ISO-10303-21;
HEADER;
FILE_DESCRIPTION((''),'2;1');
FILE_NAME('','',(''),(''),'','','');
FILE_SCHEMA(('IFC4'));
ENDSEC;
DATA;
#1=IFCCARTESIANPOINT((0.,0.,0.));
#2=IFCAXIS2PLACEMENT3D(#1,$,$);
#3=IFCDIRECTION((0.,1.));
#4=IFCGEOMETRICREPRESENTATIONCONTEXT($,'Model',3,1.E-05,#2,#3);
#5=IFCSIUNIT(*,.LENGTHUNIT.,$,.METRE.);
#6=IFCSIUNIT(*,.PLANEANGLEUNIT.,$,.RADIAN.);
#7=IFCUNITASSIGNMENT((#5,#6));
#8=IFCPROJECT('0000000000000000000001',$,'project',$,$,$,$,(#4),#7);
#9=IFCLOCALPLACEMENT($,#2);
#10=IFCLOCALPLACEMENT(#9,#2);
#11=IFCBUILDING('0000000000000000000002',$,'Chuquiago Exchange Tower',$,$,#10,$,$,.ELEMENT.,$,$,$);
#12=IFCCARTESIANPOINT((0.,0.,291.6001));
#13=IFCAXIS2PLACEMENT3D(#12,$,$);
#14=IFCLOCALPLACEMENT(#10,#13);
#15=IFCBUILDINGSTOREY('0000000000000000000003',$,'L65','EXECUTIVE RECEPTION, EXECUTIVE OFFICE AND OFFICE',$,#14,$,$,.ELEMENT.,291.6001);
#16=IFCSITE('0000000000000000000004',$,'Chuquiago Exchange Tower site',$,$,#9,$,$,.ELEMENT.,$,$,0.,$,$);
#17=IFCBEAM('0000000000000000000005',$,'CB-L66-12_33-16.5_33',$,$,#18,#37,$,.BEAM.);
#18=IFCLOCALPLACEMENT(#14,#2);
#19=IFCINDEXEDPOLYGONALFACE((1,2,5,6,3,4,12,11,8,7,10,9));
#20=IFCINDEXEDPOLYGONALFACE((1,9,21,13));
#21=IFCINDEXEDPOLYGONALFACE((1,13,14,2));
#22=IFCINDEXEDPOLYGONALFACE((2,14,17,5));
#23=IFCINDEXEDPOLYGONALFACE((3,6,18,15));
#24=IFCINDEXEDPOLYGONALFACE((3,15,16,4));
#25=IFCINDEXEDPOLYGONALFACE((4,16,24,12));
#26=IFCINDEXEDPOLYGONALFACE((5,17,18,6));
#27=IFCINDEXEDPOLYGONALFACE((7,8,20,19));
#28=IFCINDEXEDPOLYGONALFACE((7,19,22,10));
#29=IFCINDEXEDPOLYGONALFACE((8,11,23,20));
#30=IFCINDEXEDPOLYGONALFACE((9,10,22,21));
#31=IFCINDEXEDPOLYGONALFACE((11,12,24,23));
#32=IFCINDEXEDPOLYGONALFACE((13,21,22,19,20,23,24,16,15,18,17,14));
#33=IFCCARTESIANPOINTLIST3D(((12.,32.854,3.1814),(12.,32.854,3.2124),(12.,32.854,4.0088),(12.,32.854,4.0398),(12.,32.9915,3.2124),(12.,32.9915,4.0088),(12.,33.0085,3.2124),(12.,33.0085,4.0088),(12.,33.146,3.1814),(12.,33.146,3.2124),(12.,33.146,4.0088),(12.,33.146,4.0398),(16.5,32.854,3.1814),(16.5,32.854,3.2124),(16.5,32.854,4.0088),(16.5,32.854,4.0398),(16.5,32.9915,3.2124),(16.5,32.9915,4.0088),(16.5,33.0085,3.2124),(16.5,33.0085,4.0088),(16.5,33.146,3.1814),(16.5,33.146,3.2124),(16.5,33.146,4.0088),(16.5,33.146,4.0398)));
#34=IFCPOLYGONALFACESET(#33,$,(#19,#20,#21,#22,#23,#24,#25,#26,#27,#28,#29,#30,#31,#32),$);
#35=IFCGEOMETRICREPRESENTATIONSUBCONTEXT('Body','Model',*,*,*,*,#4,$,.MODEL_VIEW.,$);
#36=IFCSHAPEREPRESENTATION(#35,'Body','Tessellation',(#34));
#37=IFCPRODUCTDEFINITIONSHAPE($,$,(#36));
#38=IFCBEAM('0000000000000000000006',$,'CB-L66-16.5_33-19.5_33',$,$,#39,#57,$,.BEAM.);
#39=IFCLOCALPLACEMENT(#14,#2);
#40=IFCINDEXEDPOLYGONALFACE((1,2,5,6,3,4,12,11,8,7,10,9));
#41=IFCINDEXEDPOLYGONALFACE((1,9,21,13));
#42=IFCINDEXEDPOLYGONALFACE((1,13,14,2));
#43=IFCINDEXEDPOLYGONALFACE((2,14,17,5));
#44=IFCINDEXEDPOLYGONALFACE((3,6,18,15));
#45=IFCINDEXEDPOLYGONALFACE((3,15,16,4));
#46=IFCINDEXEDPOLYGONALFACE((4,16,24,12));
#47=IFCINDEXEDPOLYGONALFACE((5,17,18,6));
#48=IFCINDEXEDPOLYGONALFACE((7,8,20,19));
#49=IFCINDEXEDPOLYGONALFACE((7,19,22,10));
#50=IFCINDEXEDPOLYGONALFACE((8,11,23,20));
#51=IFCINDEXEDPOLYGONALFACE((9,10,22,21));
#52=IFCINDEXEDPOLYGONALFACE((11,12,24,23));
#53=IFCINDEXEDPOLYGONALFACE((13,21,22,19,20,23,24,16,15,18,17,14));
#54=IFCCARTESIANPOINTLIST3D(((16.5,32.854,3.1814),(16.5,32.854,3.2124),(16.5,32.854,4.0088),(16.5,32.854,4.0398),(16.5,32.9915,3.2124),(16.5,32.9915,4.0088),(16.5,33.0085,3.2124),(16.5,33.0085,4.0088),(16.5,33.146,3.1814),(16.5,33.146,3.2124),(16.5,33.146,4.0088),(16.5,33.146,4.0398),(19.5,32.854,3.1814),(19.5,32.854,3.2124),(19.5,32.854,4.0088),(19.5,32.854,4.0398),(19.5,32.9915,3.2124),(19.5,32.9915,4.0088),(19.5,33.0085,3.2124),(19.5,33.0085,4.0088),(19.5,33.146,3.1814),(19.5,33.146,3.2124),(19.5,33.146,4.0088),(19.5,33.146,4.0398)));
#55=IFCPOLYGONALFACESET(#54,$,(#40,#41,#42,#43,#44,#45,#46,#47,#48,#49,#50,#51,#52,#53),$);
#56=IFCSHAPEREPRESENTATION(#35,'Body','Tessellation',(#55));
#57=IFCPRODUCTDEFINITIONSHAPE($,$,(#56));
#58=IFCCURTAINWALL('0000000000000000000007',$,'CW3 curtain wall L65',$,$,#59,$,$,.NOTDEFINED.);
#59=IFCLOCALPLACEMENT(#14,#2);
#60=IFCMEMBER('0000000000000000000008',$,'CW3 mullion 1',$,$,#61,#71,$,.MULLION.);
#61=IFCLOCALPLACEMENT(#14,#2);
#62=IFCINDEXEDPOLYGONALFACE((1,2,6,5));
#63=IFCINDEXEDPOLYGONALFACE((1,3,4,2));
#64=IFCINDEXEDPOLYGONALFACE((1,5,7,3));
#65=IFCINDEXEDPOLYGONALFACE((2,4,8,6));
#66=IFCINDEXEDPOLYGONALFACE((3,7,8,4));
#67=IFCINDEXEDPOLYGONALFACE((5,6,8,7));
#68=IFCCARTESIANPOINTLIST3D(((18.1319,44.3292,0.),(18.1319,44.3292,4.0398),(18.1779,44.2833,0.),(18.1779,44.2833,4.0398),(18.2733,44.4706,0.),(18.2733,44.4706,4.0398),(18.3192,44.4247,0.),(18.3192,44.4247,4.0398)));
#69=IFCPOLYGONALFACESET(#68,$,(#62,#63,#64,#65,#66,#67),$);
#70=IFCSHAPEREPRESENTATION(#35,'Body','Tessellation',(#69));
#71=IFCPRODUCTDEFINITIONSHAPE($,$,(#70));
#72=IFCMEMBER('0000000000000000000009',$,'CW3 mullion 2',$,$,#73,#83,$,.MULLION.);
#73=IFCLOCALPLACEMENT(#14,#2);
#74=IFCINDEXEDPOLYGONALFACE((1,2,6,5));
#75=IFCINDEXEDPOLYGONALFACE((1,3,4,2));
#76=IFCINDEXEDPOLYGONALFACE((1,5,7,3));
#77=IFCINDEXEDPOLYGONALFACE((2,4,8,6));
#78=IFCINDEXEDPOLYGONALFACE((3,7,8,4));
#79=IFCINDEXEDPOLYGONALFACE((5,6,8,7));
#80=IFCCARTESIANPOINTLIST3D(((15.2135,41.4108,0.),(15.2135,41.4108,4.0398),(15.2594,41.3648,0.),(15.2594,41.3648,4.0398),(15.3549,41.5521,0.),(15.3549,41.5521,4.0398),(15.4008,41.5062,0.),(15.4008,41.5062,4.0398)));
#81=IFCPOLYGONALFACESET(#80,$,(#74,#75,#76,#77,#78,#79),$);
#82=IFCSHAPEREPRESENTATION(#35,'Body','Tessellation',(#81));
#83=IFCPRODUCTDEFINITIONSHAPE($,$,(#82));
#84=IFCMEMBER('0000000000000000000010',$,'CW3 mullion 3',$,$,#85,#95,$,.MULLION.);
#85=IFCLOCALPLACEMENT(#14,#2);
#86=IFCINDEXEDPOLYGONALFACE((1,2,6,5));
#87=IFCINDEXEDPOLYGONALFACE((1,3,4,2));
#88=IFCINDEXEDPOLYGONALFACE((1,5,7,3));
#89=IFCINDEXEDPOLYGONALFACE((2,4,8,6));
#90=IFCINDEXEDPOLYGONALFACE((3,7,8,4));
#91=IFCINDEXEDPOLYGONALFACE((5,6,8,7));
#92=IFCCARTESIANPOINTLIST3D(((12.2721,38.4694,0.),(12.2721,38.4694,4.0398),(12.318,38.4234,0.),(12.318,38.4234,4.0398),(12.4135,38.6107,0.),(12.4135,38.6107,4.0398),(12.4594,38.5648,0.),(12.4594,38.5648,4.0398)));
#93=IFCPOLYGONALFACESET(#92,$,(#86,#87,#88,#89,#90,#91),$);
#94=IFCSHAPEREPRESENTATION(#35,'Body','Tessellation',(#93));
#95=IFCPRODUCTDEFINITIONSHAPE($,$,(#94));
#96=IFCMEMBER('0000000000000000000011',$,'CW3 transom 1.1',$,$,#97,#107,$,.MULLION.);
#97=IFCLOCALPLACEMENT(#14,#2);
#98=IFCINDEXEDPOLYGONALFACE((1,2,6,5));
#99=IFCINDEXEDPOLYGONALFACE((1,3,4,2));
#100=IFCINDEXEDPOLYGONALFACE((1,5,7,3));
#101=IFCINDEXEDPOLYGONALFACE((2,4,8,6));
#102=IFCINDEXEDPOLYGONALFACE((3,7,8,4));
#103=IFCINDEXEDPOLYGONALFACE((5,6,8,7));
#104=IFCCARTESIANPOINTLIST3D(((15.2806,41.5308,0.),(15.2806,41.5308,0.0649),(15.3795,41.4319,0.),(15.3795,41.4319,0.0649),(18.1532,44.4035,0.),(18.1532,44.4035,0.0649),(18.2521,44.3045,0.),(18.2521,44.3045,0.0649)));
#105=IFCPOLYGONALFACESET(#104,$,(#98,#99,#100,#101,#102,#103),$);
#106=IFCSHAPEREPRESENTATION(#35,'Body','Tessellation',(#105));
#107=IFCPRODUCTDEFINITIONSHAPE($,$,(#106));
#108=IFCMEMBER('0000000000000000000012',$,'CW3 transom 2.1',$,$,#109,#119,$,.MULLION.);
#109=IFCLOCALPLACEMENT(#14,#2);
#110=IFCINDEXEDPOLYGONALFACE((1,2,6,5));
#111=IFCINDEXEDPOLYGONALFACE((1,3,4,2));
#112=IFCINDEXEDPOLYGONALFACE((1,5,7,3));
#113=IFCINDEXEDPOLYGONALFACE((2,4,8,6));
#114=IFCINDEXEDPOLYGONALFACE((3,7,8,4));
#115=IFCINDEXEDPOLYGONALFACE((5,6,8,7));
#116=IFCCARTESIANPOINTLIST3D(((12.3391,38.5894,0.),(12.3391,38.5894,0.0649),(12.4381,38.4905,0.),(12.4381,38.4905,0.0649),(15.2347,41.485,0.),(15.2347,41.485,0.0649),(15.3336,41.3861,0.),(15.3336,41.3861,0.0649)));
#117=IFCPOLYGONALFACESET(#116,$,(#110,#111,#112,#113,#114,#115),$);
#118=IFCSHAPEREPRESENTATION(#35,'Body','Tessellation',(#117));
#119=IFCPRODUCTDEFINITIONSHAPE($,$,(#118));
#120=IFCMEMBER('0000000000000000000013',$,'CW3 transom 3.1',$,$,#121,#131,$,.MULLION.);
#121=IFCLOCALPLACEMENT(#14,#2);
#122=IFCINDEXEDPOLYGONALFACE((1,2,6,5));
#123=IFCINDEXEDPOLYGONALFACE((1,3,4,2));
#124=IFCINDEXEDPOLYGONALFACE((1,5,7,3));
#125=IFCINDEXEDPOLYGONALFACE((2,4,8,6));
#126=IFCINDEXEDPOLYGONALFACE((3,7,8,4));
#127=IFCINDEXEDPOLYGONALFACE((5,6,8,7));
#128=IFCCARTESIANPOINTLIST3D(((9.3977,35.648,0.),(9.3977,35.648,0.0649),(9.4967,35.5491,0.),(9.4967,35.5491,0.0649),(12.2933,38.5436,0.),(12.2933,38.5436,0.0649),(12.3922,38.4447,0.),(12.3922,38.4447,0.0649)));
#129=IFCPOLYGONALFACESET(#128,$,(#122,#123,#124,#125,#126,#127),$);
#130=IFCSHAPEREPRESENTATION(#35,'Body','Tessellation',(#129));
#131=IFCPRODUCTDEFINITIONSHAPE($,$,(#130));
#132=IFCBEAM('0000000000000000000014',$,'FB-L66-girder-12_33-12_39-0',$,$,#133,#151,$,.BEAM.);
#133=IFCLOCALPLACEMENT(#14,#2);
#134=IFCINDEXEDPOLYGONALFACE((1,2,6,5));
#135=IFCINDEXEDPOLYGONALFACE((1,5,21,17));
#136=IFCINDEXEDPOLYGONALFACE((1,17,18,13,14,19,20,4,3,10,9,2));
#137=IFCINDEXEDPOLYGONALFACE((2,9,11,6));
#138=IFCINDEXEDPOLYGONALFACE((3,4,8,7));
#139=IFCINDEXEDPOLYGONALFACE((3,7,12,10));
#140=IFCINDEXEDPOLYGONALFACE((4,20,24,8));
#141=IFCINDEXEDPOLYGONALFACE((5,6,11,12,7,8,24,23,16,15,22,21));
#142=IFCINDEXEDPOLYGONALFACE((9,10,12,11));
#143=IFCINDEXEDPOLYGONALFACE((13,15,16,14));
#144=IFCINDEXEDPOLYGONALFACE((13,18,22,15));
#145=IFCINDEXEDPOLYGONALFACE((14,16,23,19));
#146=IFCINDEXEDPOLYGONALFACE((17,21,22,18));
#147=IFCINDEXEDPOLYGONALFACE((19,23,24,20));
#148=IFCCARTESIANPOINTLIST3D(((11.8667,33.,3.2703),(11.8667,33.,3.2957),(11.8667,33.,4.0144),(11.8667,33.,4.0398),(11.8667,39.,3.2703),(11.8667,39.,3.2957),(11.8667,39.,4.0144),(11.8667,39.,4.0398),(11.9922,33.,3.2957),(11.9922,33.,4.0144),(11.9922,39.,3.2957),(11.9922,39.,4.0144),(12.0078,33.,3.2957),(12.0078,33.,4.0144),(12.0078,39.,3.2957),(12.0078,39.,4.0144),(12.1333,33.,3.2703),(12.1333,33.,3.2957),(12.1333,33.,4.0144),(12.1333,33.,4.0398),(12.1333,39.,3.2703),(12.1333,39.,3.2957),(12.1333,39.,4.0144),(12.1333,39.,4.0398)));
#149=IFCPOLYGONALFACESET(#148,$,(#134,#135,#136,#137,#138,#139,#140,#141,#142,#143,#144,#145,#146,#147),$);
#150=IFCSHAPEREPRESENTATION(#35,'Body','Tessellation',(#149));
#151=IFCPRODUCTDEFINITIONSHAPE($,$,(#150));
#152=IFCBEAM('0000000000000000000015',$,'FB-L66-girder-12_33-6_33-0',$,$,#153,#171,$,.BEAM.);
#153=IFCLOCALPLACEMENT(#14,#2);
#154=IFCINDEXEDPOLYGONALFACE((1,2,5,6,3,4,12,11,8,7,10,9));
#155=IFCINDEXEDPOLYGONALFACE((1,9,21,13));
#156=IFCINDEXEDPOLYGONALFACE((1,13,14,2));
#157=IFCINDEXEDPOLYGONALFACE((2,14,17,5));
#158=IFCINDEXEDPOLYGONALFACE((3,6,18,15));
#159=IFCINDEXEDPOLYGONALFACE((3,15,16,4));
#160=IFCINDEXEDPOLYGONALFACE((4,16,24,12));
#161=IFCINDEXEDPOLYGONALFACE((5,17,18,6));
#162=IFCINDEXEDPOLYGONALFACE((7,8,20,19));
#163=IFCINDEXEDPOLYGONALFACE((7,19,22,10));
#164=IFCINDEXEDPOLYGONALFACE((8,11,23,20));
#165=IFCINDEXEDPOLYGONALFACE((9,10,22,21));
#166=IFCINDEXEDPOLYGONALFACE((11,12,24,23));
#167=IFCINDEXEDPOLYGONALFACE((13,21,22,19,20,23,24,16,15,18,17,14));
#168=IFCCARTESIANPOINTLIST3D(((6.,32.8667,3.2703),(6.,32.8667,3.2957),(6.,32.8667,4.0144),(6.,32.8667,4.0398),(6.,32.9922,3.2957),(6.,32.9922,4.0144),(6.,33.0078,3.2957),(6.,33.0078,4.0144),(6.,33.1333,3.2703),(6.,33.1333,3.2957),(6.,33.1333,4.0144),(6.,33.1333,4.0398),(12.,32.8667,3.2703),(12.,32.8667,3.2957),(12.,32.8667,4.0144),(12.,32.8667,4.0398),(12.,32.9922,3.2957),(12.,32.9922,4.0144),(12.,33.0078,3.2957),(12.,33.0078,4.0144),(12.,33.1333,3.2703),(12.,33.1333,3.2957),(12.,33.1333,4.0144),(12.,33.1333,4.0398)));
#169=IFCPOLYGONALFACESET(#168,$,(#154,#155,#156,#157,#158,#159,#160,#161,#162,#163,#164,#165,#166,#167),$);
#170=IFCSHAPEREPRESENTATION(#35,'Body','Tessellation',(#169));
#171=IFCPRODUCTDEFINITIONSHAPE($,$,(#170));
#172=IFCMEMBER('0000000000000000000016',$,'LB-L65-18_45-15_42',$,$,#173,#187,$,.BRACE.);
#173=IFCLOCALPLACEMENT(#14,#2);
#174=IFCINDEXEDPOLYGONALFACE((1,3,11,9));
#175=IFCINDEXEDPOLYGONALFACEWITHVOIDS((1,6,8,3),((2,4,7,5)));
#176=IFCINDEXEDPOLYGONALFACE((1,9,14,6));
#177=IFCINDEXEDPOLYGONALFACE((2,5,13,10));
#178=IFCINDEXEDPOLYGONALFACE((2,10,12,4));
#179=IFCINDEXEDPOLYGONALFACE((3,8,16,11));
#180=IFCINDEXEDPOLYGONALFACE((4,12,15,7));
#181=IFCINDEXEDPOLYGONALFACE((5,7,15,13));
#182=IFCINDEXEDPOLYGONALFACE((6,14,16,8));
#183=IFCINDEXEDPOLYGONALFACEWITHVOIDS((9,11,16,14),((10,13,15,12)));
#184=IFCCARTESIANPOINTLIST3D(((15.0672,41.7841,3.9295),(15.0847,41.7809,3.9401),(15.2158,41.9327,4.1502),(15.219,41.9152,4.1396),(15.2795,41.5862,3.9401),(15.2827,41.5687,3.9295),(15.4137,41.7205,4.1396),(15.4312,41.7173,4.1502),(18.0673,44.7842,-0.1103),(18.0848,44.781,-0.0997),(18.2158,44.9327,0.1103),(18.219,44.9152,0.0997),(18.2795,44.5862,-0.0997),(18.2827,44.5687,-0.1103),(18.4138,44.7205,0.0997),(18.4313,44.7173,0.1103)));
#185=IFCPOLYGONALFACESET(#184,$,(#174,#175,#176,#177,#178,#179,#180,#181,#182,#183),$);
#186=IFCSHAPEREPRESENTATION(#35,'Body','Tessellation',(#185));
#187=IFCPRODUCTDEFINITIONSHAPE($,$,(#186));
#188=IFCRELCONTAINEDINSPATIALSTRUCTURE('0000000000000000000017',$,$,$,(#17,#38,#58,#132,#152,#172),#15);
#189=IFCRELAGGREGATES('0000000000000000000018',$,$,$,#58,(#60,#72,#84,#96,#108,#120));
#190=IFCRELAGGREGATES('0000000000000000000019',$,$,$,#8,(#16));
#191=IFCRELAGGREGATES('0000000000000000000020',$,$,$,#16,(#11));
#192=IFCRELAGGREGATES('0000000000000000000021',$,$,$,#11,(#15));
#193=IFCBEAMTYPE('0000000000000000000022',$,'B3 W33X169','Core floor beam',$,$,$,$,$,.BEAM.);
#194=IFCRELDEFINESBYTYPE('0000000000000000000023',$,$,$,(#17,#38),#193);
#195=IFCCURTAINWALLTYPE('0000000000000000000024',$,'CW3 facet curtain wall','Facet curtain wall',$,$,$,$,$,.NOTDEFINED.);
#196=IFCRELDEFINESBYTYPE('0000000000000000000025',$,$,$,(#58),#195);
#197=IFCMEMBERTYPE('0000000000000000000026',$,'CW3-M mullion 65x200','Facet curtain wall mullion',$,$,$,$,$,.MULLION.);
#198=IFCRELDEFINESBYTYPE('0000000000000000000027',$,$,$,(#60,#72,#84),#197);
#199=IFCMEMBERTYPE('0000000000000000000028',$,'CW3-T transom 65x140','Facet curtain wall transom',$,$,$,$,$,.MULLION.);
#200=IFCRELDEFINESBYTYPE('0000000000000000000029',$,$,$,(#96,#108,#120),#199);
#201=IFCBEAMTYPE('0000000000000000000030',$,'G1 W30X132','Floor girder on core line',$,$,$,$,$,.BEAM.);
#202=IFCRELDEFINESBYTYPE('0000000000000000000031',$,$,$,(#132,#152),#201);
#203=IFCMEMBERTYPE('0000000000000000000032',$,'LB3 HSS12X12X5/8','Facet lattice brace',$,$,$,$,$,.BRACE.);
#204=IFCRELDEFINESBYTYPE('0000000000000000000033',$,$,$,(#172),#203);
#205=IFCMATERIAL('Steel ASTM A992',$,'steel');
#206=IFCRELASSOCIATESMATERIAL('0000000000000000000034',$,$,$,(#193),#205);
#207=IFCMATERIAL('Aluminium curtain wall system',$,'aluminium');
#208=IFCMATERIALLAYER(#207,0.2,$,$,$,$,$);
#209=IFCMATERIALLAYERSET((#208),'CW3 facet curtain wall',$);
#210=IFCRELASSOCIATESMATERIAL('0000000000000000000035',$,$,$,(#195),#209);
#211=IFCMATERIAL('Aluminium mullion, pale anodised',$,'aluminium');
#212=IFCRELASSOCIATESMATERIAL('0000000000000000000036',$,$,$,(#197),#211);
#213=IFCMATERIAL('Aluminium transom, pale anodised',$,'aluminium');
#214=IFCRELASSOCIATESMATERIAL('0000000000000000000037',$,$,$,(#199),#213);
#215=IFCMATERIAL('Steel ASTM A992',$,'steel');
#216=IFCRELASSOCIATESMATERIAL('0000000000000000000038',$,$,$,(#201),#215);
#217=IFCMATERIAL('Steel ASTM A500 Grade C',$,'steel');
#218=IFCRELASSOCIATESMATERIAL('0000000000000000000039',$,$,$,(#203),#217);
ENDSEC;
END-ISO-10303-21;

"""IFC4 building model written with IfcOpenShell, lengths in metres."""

from ifc_helpers import new_model, si_unit, direction, frame, origin, origin_2d, place, context, subcontext, project, spatial, rectangle, hollow_rectangle, i_section, extrude, material, layer, layer_set, material_profile, profile_set, type_object, element, aggregate, save


model = new_model("IFC4")

# Units and contexts
model_context = context("Model", 3, precision=1e-05, world=origin(), true_north=direction((0.0, 1.0)))
body_context = subcontext(model_context, "Body", "Model", "MODEL_VIEW")
ifc_project = project(units=[si_unit("LENGTHUNIT", "METRE"), si_unit("PLANEANGLEUNIT", "RADIAN")], contexts=[model_context])

# Site, building, storey
site_placement = place(None, origin())
site = spatial("IfcSite", under=ifc_project, at=site_placement, Name="Chuquiago Exchange Tower site", CompositionType="ELEMENT", RefElevation=0.0)
building_placement = place(site_placement, origin())
building = spatial("IfcBuilding", under=site, at=building_placement, Name="Chuquiago Exchange Tower", CompositionType="ELEMENT")
storey_placement = place(building_placement, frame((0.0, 0.0, 291.6001)))
storey = spatial("IfcBuildingStorey", under=building, at=storey_placement, Name="L65", Description="EXECUTIVE RECEPTION, EXECUTIVE OFFICE AND OFFICE", CompositionType="ELEMENT", Elevation=291.6001)

# Beams
ifc_material_1 = material(Name="Steel ASTM A992", Category="steel")
ifc_material_profile_1 = material_profile(ifc_material_1, i_section(OverallWidth=0.292, OverallDepth=0.8584, WebThickness=0.0171, FlangeThickness=0.031, at=origin_2d()), Name="W33X169")
ifc_profile_set_1 = profile_set([ifc_material_profile_1], Name="Steel ASTM A992")
beam_type_1 = type_object("IfcBeamType", Name="B3 W33X169", Description="Core floor beam", PredefinedType="BEAM", material=ifc_profile_set_1)
beam_1_placement = place(storey_placement, frame((12.0, 33.0, 3.6106), z_axis=(1.0, 0.0, 0.0), x_axis=(0.0, 1.0, 0.0)))
element("IfcBeam", 1, at=beam_1_placement, inside=storey, type_object=beam_type_1, Name="CB-L66-12_33-16.5_33", PredefinedType="BEAM", context=body_context, shape_type="SweptSolid", body=[
    extrude(i_section(OverallWidth=0.292, OverallDepth=0.8584, WebThickness=0.0171, FlangeThickness=0.031, at=origin_2d()), origin(), (0.0, 0.0, 1.0), 4.5),
])
beam_2_placement = place(storey_placement, frame((16.5, 33.0, 3.6106), z_axis=(1.0, 0.0, 0.0), x_axis=(0.0, 1.0, 0.0)))
element("IfcBeam", 2, at=beam_2_placement, inside=storey, type_object=beam_type_1, Name="CB-L66-16.5_33-19.5_33", PredefinedType="BEAM", context=body_context, shape_type="SweptSolid", body=[
    extrude(i_section(OverallWidth=0.292, OverallDepth=0.8584, WebThickness=0.0171, FlangeThickness=0.031, at=origin_2d()), origin(), (0.0, 0.0, 1.0), 3.0),
])

# Curtain wall, members
ifc_material_2 = material(Name="Aluminium curtain wall system", Category="aluminium")
ifc_layer_1 = layer(ifc_material_2, 0.2)
ifc_layer_set_1 = layer_set([ifc_layer_1], Name="CW3 facet curtain wall")
curtain_wall_type = type_object("IfcCurtainWallType", Name="CW3 facet curtain wall", Description="Facet curtain wall", PredefinedType="NOTDEFINED", material=ifc_layer_set_1)
curtain_wall_placement = place(storey_placement, origin())
curtain_wall = element("IfcCurtainWall", 3, at=curtain_wall_placement, inside=storey, type_object=curtain_wall_type, Name="CW3 curtain wall L65", PredefinedType="NOTDEFINED")
ifc_material_3 = material(Name="Aluminium mullion, pale anodised", Category="aluminium")
ifc_material_profile_2 = material_profile(ifc_material_3, rectangle(XDim=0.0649, YDim=0.2, at=origin_2d()), Name="AL 65x200")
ifc_profile_set_2 = profile_set([ifc_material_profile_2], Name="Aluminium mullion, pale anodised")
member_type_1 = type_object("IfcMemberType", Name="CW3-M mullion 65x200", Description="Facet curtain wall mullion", PredefinedType="MULLION", material=ifc_profile_set_2)
member_1_placement = place(storey_placement, frame((18.2256, 44.377, 0.0), z_axis=(0.0, 0.0, 1.0), x_axis=(0.707107, -0.707107, 0.0)))
member_1 = element("IfcMember", 4, at=member_1_placement, type_object=member_type_1, Name="CW3 mullion 1", PredefinedType="MULLION", context=body_context, shape_type="SweptSolid", body=[
    extrude(rectangle(XDim=0.0649, YDim=0.2, at=origin_2d()), origin(), (0.0, 0.0, 1.0), 4.0398),
])
member_2_placement = place(storey_placement, frame((15.3071, 41.4585, 0.0), z_axis=(0.0, 0.0, 1.0), x_axis=(0.707107, -0.707107, 0.0)))
member_2 = element("IfcMember", 5, at=member_2_placement, type_object=member_type_1, Name="CW3 mullion 2", PredefinedType="MULLION", context=body_context, shape_type="SweptSolid", body=[
    extrude(rectangle(XDim=0.0649, YDim=0.2, at=origin_2d()), origin(), (0.0, 0.0, 1.0), 4.0398),
])
member_3_placement = place(storey_placement, frame((12.3657, 38.5171, 0.0), z_axis=(0.0, 0.0, 1.0), x_axis=(0.707107, -0.707107, 0.0)))
member_3 = element("IfcMember", 6, at=member_3_placement, type_object=member_type_1, Name="CW3 mullion 3", PredefinedType="MULLION", context=body_context, shape_type="SweptSolid", body=[
    extrude(rectangle(XDim=0.0649, YDim=0.2, at=origin_2d()), origin(), (0.0, 0.0, 1.0), 4.0398),
])
ifc_material_4 = material(Name="Aluminium transom, pale anodised", Category="aluminium")
ifc_material_profile_3 = material_profile(ifc_material_4, rectangle(XDim=0.1399, YDim=0.0649, at=origin_2d()), Name="AL 140x65")
ifc_profile_set_3 = profile_set([ifc_material_profile_3], Name="Aluminium transom, pale anodised")
member_type_2 = type_object("IfcMemberType", Name="CW3-T transom 65x140", Description="Facet curtain wall transom", PredefinedType="MULLION", material=ifc_profile_set_3)
member_4_placement = place(storey_placement, frame((18.2026, 44.354, 0.0325), z_axis=(-0.707107, -0.707107, 0.0), x_axis=(0.707107, -0.707107, 0.0)))
member_4 = element("IfcMember", 7, at=member_4_placement, type_object=member_type_2, Name="CW3 transom 1.1", PredefinedType="MULLION", context=body_context, shape_type="SweptSolid", body=[
    extrude(rectangle(XDim=0.1399, YDim=0.0649, at=origin_2d()), origin(), (0.0, 0.0, 1.0), 4.0625),
])
member_5_placement = place(storey_placement, frame((15.2842, 41.4355, 0.0325), z_axis=(-0.707107, -0.707107, 0.0), x_axis=(0.707107, -0.707107, 0.0)))
member_5 = element("IfcMember", 8, at=member_5_placement, type_object=member_type_2, Name="CW3 transom 2.1", PredefinedType="MULLION", context=body_context, shape_type="SweptSolid", body=[
    extrude(rectangle(XDim=0.1399, YDim=0.0649, at=origin_2d()), origin(), (0.0, 0.0, 1.0), 4.095),
])
member_6_placement = place(storey_placement, frame((12.3428, 38.4941, 0.0325), z_axis=(-0.707107, -0.707107, 0.0), x_axis=(0.707107, -0.707107, 0.0)))
member_6 = element("IfcMember", 9, at=member_6_placement, type_object=member_type_2, Name="CW3 transom 3.1", PredefinedType="MULLION", context=body_context, shape_type="SweptSolid", body=[
    extrude(rectangle(XDim=0.1399, YDim=0.0649, at=origin_2d()), origin(), (0.0, 0.0, 1.0), 4.095),
])

# Beams
ifc_material_5 = material(Name="Steel ASTM A992", Category="steel")
ifc_material_profile_4 = material_profile(ifc_material_5, i_section(OverallWidth=0.2666, OverallDepth=0.7695, WebThickness=0.0156, FlangeThickness=0.0254, at=origin_2d()), Name="W30X132")
ifc_profile_set_4 = profile_set([ifc_material_profile_4], Name="Steel ASTM A992")
beam_type_2 = type_object("IfcBeamType", Name="G1 W30X132", Description="Floor girder on core line", PredefinedType="BEAM", material=ifc_profile_set_4)
for number, where, z_axis, x_axis, name in (
    (10, (12.0, 33.0, 3.655), (0.0, 1.0, 0.0), (-1.0, 0.0, 0.0), "FB-L66-girder-12_33-12_39-0"),
    (11, (12.0, 33.0, 3.655), (-1.0, 0.0, 0.0), (0.0, -1.0, 0.0), "FB-L66-girder-12_33-6_33-0"),
):
    element("IfcBeam", number, at=place(storey_placement, frame(where, z_axis=z_axis, x_axis=x_axis)), inside=storey, type_object=beam_type_2, Name=name, PredefinedType="BEAM", context=body_context, shape_type="SweptSolid", body=[
        extrude(i_section(OverallWidth=0.2666, OverallDepth=0.7695, WebThickness=0.0156, FlangeThickness=0.0254, at=origin_2d()), origin(), (0.0, 0.0, 1.0), 6.0),
    ])

# Member
ifc_material_6 = material(Name="Steel ASTM A500 Grade C", Category="steel")
ifc_material_profile_5 = material_profile(ifc_material_6, hollow_rectangle(XDim=0.3047, YDim=0.3047, WallThickness=0.0146, at=origin_2d()), Name="HSS12X12X5/8")
ifc_profile_set_5 = profile_set([ifc_material_profile_5], Name="Steel ASTM A500 Grade C")
member_type_3 = type_object("IfcMemberType", Name="LB3 HSS12X12X5/8", Description="Facet lattice brace", PredefinedType="BRACE", material=ifc_profile_set_5)
for number, where, z_axis, x_axis, name in (
    (12, (18.2493, 44.7507, 0.0), (-0.512092, -0.512092, 0.689582), (0.707107, -0.707107, 0.0), "LB-L65-18_45-15_42"),
):
    element("IfcMember", number, at=place(storey_placement, frame(where, z_axis=z_axis, x_axis=x_axis)), inside=storey, type_object=member_type_3, Name=name, PredefinedType="BRACE", context=body_context, shape_type="SweptSolid", body=[
        extrude(hollow_rectangle(XDim=0.3047, YDim=0.3047, WallThickness=0.0146, at=origin_2d()), origin(), (0.0, 0.0, 1.0), 5.8584),
    ])

aggregate(curtain_wall, [member_1, member_2, member_3, member_4, member_5, member_6])

save(model, "model.ifc")
